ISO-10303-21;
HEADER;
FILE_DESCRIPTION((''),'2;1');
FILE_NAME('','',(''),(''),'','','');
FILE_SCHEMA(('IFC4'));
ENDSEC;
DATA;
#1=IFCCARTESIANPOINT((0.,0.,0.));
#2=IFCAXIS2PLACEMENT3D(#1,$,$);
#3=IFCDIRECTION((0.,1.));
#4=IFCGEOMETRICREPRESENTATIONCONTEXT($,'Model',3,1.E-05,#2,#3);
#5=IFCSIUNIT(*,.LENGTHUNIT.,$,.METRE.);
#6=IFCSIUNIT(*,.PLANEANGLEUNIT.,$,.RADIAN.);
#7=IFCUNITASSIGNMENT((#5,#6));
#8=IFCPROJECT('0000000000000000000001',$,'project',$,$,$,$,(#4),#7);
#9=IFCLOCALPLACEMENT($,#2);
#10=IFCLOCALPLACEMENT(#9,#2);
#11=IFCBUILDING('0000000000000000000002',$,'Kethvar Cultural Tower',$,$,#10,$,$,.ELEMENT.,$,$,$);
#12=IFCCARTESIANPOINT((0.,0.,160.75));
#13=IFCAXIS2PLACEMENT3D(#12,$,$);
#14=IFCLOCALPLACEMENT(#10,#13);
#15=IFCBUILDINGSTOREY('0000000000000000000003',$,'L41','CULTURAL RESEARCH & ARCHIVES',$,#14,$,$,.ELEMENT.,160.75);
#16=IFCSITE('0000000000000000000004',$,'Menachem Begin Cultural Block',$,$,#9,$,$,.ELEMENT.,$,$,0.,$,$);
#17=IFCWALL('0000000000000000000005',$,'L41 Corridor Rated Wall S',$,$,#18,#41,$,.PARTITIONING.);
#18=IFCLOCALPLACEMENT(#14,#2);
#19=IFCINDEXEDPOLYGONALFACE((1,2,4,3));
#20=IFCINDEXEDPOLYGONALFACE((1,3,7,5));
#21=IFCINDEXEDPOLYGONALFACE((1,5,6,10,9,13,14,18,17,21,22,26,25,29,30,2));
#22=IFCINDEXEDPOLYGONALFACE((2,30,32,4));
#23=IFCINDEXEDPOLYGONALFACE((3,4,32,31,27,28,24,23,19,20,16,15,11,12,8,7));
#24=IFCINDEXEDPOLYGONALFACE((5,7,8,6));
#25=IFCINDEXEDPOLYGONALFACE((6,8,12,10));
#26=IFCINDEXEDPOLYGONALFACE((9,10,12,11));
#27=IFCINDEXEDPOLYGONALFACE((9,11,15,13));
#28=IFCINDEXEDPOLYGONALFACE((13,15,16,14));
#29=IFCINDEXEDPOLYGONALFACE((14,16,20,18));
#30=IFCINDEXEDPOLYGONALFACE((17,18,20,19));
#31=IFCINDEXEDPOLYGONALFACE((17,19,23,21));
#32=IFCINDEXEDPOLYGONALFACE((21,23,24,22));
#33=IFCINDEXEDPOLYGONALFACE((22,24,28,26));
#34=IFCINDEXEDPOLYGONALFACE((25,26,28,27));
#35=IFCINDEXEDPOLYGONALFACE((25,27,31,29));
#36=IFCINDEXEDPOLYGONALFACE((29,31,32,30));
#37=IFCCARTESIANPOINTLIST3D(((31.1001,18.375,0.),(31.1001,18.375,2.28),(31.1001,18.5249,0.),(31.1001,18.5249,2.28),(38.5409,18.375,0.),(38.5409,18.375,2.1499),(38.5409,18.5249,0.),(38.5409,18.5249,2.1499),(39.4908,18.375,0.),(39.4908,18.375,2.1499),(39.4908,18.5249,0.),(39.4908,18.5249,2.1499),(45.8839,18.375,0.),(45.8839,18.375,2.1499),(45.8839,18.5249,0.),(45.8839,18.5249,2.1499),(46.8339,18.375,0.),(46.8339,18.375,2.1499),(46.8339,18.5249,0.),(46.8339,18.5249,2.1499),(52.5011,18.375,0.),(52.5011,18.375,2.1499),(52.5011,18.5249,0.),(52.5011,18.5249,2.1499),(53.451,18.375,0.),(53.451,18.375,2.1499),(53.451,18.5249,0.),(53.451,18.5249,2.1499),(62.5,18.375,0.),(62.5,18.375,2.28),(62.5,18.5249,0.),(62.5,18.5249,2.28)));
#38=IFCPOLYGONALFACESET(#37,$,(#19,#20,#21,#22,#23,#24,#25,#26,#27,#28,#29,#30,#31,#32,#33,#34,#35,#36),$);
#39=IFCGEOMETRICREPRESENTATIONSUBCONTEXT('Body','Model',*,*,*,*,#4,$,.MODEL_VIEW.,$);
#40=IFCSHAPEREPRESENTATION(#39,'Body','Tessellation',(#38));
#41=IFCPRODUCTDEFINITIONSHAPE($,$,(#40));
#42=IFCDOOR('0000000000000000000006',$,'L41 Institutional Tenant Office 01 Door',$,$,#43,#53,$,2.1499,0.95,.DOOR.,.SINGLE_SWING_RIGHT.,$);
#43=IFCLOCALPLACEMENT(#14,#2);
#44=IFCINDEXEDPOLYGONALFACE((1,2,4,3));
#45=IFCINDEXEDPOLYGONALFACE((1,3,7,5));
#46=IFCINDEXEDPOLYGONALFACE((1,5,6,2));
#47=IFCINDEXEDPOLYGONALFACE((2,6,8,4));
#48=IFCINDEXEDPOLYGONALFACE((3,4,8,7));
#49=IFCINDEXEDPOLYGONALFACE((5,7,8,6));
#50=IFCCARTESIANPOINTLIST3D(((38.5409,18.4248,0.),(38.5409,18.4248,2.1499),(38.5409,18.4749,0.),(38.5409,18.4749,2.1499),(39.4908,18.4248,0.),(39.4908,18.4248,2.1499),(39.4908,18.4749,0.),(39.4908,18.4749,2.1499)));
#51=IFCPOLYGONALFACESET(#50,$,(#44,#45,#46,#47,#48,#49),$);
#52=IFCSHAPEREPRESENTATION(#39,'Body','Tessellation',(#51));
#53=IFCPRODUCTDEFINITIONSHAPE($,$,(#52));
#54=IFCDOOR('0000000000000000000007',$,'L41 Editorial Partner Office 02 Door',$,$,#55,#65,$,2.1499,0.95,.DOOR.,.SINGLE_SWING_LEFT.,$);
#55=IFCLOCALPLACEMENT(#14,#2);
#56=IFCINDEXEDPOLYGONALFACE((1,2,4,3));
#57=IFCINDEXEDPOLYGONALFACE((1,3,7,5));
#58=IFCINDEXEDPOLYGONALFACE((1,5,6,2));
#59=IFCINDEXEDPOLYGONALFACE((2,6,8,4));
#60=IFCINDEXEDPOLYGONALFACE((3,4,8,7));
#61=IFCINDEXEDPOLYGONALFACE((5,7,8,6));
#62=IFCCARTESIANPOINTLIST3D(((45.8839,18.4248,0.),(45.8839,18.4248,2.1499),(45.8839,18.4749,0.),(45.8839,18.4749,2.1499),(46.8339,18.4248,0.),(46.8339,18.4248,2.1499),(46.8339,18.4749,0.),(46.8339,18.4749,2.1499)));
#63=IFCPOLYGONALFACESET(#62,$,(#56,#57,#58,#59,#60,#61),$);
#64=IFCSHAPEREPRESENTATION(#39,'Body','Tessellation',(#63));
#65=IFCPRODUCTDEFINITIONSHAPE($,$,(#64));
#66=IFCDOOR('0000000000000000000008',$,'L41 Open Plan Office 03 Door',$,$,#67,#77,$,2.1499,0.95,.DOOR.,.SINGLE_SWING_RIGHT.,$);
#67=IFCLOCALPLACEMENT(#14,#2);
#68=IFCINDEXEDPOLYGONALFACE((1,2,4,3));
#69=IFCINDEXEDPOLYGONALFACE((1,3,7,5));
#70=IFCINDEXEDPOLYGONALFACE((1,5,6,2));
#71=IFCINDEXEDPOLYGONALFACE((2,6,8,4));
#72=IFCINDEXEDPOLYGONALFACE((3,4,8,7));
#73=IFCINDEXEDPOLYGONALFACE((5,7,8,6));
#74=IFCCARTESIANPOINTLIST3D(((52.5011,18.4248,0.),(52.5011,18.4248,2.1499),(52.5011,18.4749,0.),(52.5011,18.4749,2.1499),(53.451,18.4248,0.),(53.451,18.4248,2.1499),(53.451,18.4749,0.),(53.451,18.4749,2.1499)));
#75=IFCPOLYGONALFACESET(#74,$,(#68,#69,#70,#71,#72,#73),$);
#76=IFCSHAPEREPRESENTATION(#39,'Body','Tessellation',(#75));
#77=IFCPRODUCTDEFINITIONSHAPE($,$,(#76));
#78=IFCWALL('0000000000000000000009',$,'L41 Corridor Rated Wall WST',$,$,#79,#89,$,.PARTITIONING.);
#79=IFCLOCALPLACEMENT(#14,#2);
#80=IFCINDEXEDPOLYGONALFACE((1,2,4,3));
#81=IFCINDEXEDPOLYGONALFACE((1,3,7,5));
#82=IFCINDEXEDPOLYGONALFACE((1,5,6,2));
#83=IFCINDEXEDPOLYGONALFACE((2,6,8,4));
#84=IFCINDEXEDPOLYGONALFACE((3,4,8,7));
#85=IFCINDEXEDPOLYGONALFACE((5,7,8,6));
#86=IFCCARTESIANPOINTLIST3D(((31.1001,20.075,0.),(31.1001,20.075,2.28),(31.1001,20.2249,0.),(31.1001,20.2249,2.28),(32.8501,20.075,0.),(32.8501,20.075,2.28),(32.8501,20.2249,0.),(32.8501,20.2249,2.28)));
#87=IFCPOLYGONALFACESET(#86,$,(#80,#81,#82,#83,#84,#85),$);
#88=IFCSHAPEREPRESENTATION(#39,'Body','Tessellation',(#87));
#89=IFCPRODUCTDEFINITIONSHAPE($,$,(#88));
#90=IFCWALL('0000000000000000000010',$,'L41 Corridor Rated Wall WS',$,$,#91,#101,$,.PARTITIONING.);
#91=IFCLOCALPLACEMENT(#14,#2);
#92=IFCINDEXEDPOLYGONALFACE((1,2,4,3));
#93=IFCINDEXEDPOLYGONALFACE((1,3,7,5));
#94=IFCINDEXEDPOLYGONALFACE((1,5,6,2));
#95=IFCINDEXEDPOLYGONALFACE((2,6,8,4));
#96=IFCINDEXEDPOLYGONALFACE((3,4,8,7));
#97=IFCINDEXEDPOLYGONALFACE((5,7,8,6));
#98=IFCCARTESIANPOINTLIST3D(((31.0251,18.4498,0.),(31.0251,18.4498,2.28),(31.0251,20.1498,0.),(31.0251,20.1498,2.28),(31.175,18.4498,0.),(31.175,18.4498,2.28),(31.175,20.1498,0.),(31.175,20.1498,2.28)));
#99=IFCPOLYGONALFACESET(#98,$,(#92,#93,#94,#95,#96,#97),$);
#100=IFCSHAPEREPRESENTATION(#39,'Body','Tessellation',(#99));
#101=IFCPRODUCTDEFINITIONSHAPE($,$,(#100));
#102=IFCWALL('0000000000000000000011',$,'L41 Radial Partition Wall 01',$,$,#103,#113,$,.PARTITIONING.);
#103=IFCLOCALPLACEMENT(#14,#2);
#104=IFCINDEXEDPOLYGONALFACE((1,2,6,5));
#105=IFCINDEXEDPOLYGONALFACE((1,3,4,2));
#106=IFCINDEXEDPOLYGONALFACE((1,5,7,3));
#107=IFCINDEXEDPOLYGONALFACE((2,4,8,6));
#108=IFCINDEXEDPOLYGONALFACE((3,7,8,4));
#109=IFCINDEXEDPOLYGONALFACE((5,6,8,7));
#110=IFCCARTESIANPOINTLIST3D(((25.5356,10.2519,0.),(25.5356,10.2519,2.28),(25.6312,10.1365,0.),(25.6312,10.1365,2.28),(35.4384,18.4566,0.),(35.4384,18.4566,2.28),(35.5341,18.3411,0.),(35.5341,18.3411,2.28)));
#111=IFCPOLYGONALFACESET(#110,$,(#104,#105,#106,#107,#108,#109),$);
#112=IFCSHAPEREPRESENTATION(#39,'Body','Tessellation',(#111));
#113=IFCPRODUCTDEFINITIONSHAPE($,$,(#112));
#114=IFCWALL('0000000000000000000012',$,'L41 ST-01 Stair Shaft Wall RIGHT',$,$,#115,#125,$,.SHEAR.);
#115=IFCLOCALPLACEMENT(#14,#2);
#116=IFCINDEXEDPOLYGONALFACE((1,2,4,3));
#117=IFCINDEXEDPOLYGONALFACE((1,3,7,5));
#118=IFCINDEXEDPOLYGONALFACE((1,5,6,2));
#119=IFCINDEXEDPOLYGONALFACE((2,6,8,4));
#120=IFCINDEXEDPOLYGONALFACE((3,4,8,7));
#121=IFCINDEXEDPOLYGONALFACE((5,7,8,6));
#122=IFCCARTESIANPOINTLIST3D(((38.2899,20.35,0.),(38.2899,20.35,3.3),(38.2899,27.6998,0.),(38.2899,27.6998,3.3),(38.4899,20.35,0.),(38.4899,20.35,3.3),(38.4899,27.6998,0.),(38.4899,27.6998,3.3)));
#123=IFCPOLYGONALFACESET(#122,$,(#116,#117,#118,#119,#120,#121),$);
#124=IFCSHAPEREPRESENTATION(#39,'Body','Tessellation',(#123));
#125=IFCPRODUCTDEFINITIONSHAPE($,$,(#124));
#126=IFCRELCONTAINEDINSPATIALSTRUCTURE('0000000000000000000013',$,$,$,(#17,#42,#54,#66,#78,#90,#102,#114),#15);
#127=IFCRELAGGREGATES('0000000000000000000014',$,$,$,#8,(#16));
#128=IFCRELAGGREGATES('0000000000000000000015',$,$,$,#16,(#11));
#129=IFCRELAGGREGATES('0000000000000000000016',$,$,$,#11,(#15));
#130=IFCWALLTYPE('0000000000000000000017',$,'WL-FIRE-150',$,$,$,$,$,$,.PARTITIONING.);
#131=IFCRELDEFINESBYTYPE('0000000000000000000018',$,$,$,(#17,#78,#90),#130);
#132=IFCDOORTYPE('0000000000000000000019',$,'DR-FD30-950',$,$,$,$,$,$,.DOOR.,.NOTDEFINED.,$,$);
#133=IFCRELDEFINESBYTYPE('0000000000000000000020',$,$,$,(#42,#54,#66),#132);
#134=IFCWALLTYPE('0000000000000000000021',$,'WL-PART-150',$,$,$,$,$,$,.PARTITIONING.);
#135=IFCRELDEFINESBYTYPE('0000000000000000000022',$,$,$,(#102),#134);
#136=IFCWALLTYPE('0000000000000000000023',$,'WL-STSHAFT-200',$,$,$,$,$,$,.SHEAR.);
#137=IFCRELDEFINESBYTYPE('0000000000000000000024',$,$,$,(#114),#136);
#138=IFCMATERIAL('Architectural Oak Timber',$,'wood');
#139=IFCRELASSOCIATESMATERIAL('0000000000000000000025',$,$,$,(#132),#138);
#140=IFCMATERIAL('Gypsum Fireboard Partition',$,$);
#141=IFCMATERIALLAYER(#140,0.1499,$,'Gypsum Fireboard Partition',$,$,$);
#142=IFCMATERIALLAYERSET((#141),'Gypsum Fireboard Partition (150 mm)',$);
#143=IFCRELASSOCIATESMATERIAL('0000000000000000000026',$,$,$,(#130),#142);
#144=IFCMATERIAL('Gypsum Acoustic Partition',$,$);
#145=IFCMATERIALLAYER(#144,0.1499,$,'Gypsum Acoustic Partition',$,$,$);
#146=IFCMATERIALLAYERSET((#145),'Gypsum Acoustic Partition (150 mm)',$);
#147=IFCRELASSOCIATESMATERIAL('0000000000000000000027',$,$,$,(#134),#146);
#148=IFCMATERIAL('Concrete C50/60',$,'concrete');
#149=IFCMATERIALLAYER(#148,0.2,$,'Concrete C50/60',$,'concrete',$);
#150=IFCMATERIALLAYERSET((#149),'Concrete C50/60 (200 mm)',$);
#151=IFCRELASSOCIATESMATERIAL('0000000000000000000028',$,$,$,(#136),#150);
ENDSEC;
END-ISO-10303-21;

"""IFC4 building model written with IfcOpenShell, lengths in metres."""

from ifc_helpers import new_model, si_unit, direction, frame, frame_2d, origin, place, context, subcontext, project, spatial, rectangle, extrude, source, transform, mapped, material, layer, layer_set, type_object, element, fill, save


model = new_model("IFC4")

# Units and contexts
model_context = context("Model", 3, precision=1e-05, world=origin(), true_north=direction((0.0, 1.0)))
body_context = subcontext(model_context, "Body", "Model", "MODEL_VIEW")
ifc_project = project(units=[si_unit("LENGTHUNIT", "METRE"), si_unit("PLANEANGLEUNIT", "RADIAN")], contexts=[model_context])

# Site, building, storey
site_placement = place(None, origin())
site = spatial("IfcSite", under=ifc_project, at=site_placement, Name="Menachem Begin Cultural Block", CompositionType="ELEMENT", RefElevation=0.0)
building_placement = place(site_placement, origin())
building = spatial("IfcBuilding", under=site, at=building_placement, Name="Kethvar Cultural Tower", CompositionType="ELEMENT")
storey_placement = place(building_placement, frame((0.0, 0.0, 160.75)))
storey = spatial("IfcBuildingStorey", under=building, at=storey_placement, Name="L41", Description="CULTURAL RESEARCH & ARCHIVES", CompositionType="ELEMENT", Elevation=160.75)

# Wall, openings, doors
ifc_material_1 = material(Name="Architectural Oak Timber", Category="wood")
door_type_1 = type_object("IfcDoorType", Name="DR-FD30-950", OperationType="NOTDEFINED", PredefinedType="DOOR", material=ifc_material_1)
shared_shape_1 = source(origin(), body_context, "Body", "SweptSolid", [
    extrude(rectangle(XDim=0.95, YDim=2.1499, at=frame_2d((0.4751, 1.075))), frame((0.0, 0.0249, 0.0), z_axis=(0.0, -1.0, 0.0), x_axis=(1.0, 0.0, 0.0)), (0.0, 0.0, 1.0), 0.05),
])
ifc_material_2 = material(Name="Gypsum Fireboard Partition")
ifc_layer_1 = layer(ifc_material_2, 0.1499, Name="Gypsum Fireboard Partition")
ifc_layer_set_1 = layer_set([ifc_layer_1], Name="Gypsum Fireboard Partition (150 mm)")
wall_type_1 = type_object("IfcWallType", Name="WL-FIRE-150", PredefinedType="PARTITIONING", material=ifc_layer_set_1)
wall_1_placement = place(storey_placement, frame((31.1001, 18.45, 0.0), z_axis=(0.0, 0.0, 1.0), x_axis=(1.0, 0.0, 0.0)))
wall_1 = element("IfcWall", 1, at=wall_1_placement, inside=storey, type_object=wall_type_1, Name="L41 Corridor Rated Wall S", PredefinedType="PARTITIONING", context=body_context, shape_type="SweptSolid", body=[
    extrude(rectangle(XDim=31.3999, YDim=0.1499, at=frame_2d((15.7, 0.0))), origin(), (0.0, 0.0, 1.0), 2.28),
])
opening_1_placement = place(wall_1_placement, frame((7.4407, 0.0, 0.0)))
opening_1 = element("IfcOpeningElement", 2, at=opening_1_placement, cuts=wall_1, PredefinedType="OPENING", context=body_context, shape_type="SweptSolid", body=[
    extrude(rectangle(XDim=0.95, YDim=2.1499, at=frame_2d((0.4751, 1.075))), frame((0.0, 0.085, 0.0), z_axis=(0.0, -1.0, 0.0), x_axis=(1.0, 0.0, 0.0)), (0.0, 0.0, 1.0), 0.1699),
])
opening_2_placement = place(wall_1_placement, frame((14.7837, 0.0, 0.0)))
opening_2 = element("IfcOpeningElement", 3, at=opening_2_placement, cuts=wall_1, PredefinedType="OPENING", context=body_context, shape_type="SweptSolid", body=[
    extrude(rectangle(XDim=0.95, YDim=2.1499, at=frame_2d((0.4751, 1.075))), frame((0.0, 0.085, 0.0), z_axis=(0.0, -1.0, 0.0), x_axis=(1.0, 0.0, 0.0)), (0.0, 0.0, 1.0), 0.1699),
])
opening_3_placement = place(wall_1_placement, frame((21.4009, 0.0, 0.0)))
opening_3 = element("IfcOpeningElement", 4, at=opening_3_placement, cuts=wall_1, PredefinedType="OPENING", context=body_context, shape_type="SweptSolid", body=[
    extrude(rectangle(XDim=0.95, YDim=2.1499, at=frame_2d((0.4751, 1.075))), frame((0.0, 0.085, 0.0), z_axis=(0.0, -1.0, 0.0), x_axis=(1.0, 0.0, 0.0)), (0.0, 0.0, 1.0), 0.1699),
])
door_1_placement = place(opening_1_placement, origin())
door_1 = element("IfcDoor", 5, at=door_1_placement, inside=storey, type_object=door_type_1, Name="L41 Institutional Tenant Office 01 Door", OperationType="SINGLE_SWING_RIGHT", OverallHeight=2.1499, OverallWidth=0.95, PredefinedType="DOOR", context=body_context, shape_type="MappedRepresentation", body=[
    mapped(shared_shape_1, transform((0.0, 0.0, 0.0), scale=1.0)),
])
fill(opening_1, door_1)
door_2_placement = place(opening_2_placement, origin())
door_2 = element("IfcDoor", 6, at=door_2_placement, inside=storey, type_object=door_type_1, Name="L41 Editorial Partner Office 02 Door", OperationType="SINGLE_SWING_LEFT", OverallHeight=2.1499, OverallWidth=0.95, PredefinedType="DOOR", context=body_context, shape_type="MappedRepresentation", body=[
    mapped(shared_shape_1, transform((0.0, 0.0, 0.0), scale=1.0)),
])
fill(opening_2, door_2)
door_3_placement = place(opening_3_placement, origin())
door_3 = element("IfcDoor", 7, at=door_3_placement, inside=storey, type_object=door_type_1, Name="L41 Open Plan Office 03 Door", OperationType="SINGLE_SWING_RIGHT", OverallHeight=2.1499, OverallWidth=0.95, PredefinedType="DOOR", context=body_context, shape_type="MappedRepresentation", body=[
    mapped(shared_shape_1, transform((0.0, 0.0, 0.0), scale=1.0)),
])
fill(opening_3, door_3)

# Walls
wall_2_placement = place(storey_placement, frame((32.8501, 20.1499, 0.0), z_axis=(0.0, 0.0, 1.0), x_axis=(-1.0, 0.0, 0.0)))
element("IfcWall", 8, at=wall_2_placement, inside=storey, type_object=wall_type_1, Name="L41 Corridor Rated Wall WST", PredefinedType="PARTITIONING", context=body_context, shape_type="SweptSolid", body=[
    extrude(rectangle(XDim=1.75, YDim=0.1499, at=frame_2d((0.875, 0.0))), origin(), (0.0, 0.0, 1.0), 2.28),
])
wall_3_placement = place(storey_placement, frame((31.1001, 20.1499, 0.0), z_axis=(0.0, 0.0, 1.0), x_axis=(0.0, -1.0, 0.0)))
element("IfcWall", 9, at=wall_3_placement, inside=storey, type_object=wall_type_1, Name="L41 Corridor Rated Wall WS", PredefinedType="PARTITIONING", context=body_context, shape_type="SweptSolid", body=[
    extrude(rectangle(XDim=1.7, YDim=0.1499, at=frame_2d((0.8501, 0.0))), origin(), (0.0, 0.0, 1.0), 2.28),
])
ifc_material_3 = material(Name="Gypsum Acoustic Partition")
ifc_layer_2 = layer(ifc_material_3, 0.1499, Name="Gypsum Acoustic Partition")
ifc_layer_set_2 = layer_set([ifc_layer_2], Name="Gypsum Acoustic Partition (150 mm)")
wall_type_2 = type_object("IfcWallType", Name="WL-PART-150", PredefinedType="PARTITIONING", material=ifc_layer_set_2)
wall_4_placement = place(storey_placement, frame((35.4863, 18.3989, 0.0), z_axis=(0.0, 0.0, 1.0), x_axis=(-0.770045, -0.63799, 0.0)))
element("IfcWall", 10, at=wall_4_placement, inside=storey, type_object=wall_type_2, Name="L41 Radial Partition Wall 01", PredefinedType="PARTITIONING", context=body_context, shape_type="SweptSolid", body=[
    extrude(rectangle(XDim=12.8601, YDim=0.1499, at=frame_2d((6.4302, 0.0))), origin(), (0.0, 0.0, 1.0), 2.28),
])
ifc_material_4 = material(Name="Concrete C50/60", Category="concrete")
ifc_layer_3 = layer(ifc_material_4, 0.2, Name="Concrete C50/60", Category="concrete")
ifc_layer_set_3 = layer_set([ifc_layer_3], Name="Concrete C50/60 (200 mm)")
wall_type_3 = type_object("IfcWallType", Name="WL-STSHAFT-200", PredefinedType="SHEAR", material=ifc_layer_set_3)
wall_5_placement = place(storey_placement, frame((38.3899, 20.3501, 0.0), z_axis=(0.0, 0.0, 1.0), x_axis=(0.0, 1.0, 0.0)))
element("IfcWall", 11, at=wall_5_placement, inside=storey, type_object=wall_type_3, Name="L41 ST-01 Stair Shaft Wall RIGHT", PredefinedType="SHEAR", context=body_context, shape_type="SweptSolid", body=[
    extrude(rectangle(XDim=7.3499, YDim=0.2, at=frame_2d((3.6748, 0.0))), origin(), (0.0, 0.0, 1.0), 3.3),
])

save(model, "model.ifc")
